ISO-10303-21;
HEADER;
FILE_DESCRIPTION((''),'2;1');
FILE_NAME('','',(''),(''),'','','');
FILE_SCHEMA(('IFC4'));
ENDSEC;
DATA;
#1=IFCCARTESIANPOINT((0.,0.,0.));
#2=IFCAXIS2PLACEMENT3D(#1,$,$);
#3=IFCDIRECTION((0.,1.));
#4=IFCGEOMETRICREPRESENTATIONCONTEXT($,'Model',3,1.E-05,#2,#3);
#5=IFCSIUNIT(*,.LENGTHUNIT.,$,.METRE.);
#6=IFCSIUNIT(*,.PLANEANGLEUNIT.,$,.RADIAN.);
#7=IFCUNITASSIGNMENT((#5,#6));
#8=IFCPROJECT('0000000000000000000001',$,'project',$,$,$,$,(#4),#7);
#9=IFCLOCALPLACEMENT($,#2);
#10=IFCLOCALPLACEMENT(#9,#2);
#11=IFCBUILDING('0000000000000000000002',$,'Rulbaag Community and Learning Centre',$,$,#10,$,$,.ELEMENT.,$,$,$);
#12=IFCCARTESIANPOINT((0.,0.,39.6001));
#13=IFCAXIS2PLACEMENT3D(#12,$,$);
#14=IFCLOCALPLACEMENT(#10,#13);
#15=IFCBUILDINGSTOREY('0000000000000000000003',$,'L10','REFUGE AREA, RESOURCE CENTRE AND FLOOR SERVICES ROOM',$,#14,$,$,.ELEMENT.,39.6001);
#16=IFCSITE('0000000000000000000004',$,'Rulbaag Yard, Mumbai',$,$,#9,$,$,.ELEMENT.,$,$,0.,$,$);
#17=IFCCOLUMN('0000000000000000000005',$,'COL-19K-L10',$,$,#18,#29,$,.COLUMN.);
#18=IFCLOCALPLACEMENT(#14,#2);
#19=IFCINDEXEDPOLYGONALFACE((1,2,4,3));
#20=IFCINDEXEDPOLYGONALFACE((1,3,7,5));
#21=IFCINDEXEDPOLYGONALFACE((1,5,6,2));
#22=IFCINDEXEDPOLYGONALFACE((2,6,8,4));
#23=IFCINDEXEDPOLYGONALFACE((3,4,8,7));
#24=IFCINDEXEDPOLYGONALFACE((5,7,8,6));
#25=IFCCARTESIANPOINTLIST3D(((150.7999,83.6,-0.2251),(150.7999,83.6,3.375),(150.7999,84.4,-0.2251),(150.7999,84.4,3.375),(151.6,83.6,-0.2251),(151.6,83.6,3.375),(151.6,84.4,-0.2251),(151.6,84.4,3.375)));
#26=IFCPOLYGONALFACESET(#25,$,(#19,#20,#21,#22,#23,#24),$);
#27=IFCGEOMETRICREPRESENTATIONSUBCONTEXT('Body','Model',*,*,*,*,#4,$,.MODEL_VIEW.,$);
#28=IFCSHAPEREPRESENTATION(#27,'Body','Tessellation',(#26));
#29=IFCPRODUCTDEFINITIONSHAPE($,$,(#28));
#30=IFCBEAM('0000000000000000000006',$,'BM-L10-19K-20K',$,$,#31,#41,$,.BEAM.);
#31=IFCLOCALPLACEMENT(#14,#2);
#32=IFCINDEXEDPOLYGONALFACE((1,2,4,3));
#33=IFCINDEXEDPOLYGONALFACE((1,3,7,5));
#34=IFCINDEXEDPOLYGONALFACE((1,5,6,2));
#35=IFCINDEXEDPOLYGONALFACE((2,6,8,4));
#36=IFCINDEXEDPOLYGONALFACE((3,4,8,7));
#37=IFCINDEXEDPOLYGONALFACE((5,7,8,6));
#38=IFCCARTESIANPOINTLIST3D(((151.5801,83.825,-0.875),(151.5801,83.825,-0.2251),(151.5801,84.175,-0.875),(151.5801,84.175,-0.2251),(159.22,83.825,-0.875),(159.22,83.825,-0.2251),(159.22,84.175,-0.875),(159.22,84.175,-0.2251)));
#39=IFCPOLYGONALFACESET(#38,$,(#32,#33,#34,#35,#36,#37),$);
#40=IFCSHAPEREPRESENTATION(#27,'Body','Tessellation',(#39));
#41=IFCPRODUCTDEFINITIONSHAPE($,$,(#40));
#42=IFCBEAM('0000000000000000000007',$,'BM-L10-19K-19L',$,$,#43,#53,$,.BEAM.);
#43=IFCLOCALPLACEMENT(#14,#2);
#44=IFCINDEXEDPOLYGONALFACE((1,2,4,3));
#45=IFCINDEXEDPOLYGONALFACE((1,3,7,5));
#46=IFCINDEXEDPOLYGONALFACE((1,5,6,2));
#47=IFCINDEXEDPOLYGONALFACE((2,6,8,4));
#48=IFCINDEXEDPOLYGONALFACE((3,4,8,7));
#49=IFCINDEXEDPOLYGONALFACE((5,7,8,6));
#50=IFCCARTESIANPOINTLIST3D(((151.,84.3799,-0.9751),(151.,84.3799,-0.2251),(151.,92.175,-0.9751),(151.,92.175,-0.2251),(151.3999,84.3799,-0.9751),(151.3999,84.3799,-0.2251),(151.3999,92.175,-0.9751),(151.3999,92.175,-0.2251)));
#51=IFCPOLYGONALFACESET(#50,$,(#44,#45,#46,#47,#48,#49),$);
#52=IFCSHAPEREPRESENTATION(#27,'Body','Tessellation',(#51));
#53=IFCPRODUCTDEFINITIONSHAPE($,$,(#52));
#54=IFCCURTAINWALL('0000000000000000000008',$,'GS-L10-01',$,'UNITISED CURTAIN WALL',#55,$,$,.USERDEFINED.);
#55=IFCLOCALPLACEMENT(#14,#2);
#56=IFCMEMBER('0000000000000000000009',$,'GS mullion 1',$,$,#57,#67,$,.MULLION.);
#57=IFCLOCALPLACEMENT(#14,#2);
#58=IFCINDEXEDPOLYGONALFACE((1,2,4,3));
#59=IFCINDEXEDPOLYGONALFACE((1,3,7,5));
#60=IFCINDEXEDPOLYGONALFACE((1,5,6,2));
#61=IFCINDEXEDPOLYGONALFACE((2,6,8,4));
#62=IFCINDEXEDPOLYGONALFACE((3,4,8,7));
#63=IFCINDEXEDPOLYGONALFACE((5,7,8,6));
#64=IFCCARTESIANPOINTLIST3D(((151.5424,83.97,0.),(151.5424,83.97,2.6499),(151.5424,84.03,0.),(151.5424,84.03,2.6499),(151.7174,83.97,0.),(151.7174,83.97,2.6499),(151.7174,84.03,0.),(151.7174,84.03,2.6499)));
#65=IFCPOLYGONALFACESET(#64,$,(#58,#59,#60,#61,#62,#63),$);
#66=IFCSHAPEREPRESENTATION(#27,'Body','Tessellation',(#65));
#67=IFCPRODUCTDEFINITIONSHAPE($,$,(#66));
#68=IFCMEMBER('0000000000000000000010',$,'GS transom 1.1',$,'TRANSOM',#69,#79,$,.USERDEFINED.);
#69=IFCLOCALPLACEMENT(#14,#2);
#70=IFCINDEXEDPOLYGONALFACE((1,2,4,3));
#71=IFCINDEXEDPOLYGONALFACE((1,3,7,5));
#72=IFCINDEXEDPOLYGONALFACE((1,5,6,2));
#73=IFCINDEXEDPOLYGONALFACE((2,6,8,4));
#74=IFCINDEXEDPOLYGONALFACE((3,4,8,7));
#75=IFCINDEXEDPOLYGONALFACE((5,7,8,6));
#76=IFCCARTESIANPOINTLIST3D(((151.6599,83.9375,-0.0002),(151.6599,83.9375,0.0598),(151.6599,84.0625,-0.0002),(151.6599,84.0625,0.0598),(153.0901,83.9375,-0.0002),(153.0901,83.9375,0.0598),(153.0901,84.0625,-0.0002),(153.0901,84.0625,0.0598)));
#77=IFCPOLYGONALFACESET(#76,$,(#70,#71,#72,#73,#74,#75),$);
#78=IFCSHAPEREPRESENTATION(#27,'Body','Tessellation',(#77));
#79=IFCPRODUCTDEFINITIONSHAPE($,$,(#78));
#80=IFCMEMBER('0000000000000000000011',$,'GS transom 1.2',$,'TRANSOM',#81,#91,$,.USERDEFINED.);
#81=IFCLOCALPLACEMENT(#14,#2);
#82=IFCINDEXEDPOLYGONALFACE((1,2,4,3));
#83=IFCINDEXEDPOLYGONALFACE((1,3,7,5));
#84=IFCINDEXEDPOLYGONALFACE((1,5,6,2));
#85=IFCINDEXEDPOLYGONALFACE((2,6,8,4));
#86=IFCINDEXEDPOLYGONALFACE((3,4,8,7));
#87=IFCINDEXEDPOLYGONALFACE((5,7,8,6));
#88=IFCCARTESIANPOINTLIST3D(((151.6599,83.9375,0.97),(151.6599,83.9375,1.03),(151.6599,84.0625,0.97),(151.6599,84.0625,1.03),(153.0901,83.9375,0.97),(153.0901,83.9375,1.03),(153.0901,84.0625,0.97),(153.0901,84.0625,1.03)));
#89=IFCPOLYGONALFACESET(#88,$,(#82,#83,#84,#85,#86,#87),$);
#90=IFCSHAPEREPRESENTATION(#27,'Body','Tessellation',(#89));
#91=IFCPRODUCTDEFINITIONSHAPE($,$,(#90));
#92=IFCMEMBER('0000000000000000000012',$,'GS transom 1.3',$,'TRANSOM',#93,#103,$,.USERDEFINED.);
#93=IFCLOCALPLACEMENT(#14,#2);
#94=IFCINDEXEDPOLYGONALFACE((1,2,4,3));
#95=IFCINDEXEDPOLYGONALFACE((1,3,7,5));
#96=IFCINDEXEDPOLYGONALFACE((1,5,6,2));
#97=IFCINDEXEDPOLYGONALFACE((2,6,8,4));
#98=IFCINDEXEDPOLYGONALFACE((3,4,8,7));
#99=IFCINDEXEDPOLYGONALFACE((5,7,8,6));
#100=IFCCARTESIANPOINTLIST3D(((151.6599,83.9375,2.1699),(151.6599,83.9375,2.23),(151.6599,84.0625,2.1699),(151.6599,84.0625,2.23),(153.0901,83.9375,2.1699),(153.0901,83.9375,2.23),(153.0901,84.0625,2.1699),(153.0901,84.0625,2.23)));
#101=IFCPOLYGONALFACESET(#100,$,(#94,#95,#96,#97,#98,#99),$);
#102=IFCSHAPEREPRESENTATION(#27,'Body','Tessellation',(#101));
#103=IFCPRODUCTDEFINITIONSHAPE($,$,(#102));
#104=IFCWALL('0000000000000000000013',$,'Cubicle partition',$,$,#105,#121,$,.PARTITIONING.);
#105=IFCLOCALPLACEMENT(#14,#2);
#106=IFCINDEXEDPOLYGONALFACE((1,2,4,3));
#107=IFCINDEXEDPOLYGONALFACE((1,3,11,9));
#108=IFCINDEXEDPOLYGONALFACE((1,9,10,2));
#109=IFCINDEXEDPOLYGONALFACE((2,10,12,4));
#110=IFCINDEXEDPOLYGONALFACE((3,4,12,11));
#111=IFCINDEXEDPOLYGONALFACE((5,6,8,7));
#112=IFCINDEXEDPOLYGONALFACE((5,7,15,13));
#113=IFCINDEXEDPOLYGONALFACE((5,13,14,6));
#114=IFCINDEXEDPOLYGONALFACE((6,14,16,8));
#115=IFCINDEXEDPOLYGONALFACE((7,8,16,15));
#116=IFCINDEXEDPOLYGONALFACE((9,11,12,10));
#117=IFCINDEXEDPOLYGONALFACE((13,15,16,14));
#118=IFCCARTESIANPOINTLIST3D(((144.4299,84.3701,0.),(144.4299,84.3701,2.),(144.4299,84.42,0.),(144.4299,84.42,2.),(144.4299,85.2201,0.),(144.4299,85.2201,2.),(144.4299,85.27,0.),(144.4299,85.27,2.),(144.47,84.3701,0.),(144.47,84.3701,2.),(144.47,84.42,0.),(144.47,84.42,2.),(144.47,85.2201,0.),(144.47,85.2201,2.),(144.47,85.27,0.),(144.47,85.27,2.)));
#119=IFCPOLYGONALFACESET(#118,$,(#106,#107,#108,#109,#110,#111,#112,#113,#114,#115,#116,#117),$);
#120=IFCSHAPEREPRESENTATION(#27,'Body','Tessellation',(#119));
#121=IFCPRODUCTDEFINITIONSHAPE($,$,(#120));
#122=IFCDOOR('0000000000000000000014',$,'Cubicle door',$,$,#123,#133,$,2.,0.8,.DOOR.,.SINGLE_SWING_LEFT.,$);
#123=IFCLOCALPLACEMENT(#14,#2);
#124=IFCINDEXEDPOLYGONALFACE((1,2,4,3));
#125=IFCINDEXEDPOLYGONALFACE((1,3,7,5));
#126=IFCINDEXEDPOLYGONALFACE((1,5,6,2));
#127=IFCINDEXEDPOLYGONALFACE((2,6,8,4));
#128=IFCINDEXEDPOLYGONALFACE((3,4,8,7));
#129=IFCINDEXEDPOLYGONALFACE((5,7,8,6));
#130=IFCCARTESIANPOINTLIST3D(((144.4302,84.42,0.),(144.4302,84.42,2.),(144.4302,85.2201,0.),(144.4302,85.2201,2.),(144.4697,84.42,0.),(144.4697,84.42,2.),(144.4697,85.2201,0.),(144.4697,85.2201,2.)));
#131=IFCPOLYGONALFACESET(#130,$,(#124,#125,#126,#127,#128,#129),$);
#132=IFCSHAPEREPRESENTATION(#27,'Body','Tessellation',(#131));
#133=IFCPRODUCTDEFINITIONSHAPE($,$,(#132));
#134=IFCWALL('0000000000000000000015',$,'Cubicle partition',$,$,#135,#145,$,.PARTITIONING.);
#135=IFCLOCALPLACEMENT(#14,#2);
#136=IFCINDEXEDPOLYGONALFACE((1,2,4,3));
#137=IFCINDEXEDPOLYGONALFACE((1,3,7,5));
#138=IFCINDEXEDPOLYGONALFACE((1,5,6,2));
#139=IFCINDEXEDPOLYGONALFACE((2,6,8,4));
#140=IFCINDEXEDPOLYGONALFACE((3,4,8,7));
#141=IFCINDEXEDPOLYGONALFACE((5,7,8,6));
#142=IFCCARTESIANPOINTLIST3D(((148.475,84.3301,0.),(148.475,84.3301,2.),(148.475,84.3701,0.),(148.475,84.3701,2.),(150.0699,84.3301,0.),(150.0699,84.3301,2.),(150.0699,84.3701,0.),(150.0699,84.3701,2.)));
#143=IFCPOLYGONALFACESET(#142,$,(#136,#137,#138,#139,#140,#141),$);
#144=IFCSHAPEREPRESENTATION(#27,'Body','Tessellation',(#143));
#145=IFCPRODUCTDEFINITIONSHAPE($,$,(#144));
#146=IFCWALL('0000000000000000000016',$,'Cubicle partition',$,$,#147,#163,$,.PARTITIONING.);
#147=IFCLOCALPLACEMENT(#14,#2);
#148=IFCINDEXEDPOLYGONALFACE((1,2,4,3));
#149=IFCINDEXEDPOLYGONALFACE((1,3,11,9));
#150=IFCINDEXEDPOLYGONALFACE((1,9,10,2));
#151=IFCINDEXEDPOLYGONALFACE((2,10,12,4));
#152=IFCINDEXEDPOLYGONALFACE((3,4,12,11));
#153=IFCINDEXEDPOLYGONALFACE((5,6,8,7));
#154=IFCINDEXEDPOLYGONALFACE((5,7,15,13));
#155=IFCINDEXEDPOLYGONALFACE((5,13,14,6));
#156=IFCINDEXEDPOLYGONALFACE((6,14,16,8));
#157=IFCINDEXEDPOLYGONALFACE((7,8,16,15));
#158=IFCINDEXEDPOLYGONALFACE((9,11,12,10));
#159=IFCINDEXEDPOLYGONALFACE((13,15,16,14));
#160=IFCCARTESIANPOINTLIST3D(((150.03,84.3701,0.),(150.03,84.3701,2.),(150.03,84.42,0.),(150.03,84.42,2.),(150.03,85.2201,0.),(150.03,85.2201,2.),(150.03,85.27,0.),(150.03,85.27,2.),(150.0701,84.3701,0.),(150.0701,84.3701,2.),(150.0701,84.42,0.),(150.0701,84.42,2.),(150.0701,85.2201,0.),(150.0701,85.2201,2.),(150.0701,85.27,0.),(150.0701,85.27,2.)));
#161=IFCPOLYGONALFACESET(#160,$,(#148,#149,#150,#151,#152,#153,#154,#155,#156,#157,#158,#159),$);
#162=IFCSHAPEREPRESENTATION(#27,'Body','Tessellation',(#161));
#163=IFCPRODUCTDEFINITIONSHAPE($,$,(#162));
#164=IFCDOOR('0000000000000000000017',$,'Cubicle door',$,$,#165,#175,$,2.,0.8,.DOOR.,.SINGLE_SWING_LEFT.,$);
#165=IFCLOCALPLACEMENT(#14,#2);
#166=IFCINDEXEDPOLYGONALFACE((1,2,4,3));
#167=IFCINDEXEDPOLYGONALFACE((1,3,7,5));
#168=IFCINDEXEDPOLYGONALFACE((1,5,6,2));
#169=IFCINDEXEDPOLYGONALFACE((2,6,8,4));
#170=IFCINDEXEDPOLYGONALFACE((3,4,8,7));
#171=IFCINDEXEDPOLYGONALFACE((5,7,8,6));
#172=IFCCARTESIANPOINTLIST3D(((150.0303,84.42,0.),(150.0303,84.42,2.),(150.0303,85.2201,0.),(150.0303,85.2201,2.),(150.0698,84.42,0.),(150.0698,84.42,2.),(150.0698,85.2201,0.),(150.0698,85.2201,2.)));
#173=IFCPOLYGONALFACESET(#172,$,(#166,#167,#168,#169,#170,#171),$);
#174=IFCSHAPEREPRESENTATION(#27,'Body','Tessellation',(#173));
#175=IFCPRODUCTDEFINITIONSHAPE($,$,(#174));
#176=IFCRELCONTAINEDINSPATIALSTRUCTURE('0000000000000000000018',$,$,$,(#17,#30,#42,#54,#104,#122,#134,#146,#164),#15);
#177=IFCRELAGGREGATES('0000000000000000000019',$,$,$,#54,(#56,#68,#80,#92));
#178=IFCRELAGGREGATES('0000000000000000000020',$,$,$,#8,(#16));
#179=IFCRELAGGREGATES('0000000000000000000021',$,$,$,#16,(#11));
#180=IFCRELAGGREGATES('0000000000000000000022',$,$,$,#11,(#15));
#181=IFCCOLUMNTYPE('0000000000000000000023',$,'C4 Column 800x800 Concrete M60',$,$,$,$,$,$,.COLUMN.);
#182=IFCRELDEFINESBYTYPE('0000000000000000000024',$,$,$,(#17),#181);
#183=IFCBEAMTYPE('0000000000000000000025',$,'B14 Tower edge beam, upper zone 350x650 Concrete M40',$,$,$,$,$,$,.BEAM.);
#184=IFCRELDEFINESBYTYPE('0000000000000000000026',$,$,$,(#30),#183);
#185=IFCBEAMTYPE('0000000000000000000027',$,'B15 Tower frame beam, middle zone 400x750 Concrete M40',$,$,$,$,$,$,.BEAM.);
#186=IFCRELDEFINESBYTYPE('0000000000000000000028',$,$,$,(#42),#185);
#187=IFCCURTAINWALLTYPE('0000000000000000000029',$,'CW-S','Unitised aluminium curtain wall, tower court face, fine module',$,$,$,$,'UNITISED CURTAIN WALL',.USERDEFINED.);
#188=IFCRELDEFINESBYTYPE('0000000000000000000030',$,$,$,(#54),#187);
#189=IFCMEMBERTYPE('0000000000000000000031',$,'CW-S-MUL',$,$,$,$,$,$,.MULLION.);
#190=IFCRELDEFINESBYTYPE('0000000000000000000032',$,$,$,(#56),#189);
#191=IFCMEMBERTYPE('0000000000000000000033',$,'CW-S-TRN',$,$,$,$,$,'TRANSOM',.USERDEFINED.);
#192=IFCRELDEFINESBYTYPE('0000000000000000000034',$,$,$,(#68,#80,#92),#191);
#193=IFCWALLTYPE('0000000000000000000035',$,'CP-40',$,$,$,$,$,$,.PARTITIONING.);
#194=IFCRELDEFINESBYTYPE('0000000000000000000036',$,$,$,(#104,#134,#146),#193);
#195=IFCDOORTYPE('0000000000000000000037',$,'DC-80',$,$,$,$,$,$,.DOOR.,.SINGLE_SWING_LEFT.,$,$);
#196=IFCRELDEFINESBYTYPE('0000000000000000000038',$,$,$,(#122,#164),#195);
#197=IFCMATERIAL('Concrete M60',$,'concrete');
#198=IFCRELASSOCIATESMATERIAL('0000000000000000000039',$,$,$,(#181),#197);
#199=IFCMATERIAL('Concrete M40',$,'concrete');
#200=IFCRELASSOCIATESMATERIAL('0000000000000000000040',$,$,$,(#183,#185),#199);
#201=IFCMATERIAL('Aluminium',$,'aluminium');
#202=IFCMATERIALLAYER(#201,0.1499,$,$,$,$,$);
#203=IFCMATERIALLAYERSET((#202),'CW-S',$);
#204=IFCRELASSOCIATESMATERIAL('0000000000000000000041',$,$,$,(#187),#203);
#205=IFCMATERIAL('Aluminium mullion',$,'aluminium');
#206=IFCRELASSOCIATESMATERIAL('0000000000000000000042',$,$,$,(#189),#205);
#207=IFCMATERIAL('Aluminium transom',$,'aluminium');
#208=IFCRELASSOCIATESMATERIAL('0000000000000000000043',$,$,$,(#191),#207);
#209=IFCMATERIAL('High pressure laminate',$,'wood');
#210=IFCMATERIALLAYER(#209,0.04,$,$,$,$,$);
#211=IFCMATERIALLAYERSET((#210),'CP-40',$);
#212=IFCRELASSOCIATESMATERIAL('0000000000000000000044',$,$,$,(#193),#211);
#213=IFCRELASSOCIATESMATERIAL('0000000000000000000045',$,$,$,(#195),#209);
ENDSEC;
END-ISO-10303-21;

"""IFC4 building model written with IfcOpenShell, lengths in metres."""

from ifc_helpers import new_model, si_unit, direction, frame, frame_2d, origin, origin_2d, place, context, subcontext, project, spatial, rectangle, extrude, material, layer, layer_set, material_profile, profile_set, type_object, element, fill, aggregate, save


model = new_model("IFC4")

# Units and contexts
model_context = context("Model", 3, precision=1e-05, world=origin(), true_north=direction((0.0, 1.0)))
body_context = subcontext(model_context, "Body", "Model", "MODEL_VIEW")
ifc_project = project(units=[si_unit("LENGTHUNIT", "METRE"), si_unit("PLANEANGLEUNIT", "RADIAN")], contexts=[model_context])

# Site, building, storey
site_placement = place(None, origin())
site = spatial("IfcSite", under=ifc_project, at=site_placement, Name="Rulbaag Yard, Mumbai", CompositionType="ELEMENT", RefElevation=0.0)
building_placement = place(site_placement, origin())
building = spatial("IfcBuilding", under=site, at=building_placement, Name="Rulbaag Community and Learning Centre", CompositionType="ELEMENT")
storey_placement = place(building_placement, frame((0.0, 0.0, 39.6001)))
storey = spatial("IfcBuildingStorey", under=building, at=storey_placement, Name="L10", Description="REFUGE AREA, RESOURCE CENTRE AND FLOOR SERVICES ROOM", CompositionType="ELEMENT", Elevation=39.6001)

# Column
ifc_material_1 = material(Name="Concrete M60", Category="concrete")
ifc_material_profile_1 = material_profile(ifc_material_1, rectangle(XDim=0.8, YDim=0.8, at=origin_2d()), Name="RC800x800")
ifc_profile_set_1 = profile_set([ifc_material_profile_1], Name="Concrete M60")
column_type = type_object("IfcColumnType", Name="C4 Column 800x800 Concrete M60", PredefinedType="COLUMN", material=ifc_profile_set_1)
column_placement = place(storey_placement, frame((151.2, 84.0, -0.2251), z_axis=(0.0, 0.0, 1.0), x_axis=(1.0, 0.0, 0.0)))
element("IfcColumn", 1, at=column_placement, inside=storey, type_object=column_type, Name="COL-19K-L10", PredefinedType="COLUMN", context=body_context, shape_type="SweptSolid", body=[
    extrude(rectangle(XDim=0.8, YDim=0.8, at=origin_2d()), origin(), (0.0, 0.0, 1.0), 3.6001),
])

# Beams
ifc_material_2 = material(Name="Concrete M40", Category="concrete")
ifc_material_profile_2 = material_profile(ifc_material_2, rectangle(XDim=0.3501, YDim=0.6499, at=origin_2d()), Name="RB350x650")
ifc_profile_set_2 = profile_set([ifc_material_profile_2], Name="Concrete M40")
beam_type_1 = type_object("IfcBeamType", Name="B14 Tower edge beam, upper zone 350x650 Concrete M40", PredefinedType="BEAM", material=ifc_profile_set_2)
beam_1_placement = place(storey_placement, frame((151.5801, 84.0, -0.55), z_axis=(1.0, 0.0, 0.0), x_axis=(0.0, 1.0, 0.0)))
element("IfcBeam", 2, at=beam_1_placement, inside=storey, type_object=beam_type_1, Name="BM-L10-19K-20K", PredefinedType="BEAM", context=body_context, shape_type="SweptSolid", body=[
    extrude(rectangle(XDim=0.3501, YDim=0.6499, at=origin_2d()), origin(), (0.0, 0.0, 1.0), 7.6399),
])
ifc_material_profile_3 = material_profile(ifc_material_2, rectangle(XDim=0.3999, YDim=0.75, at=origin_2d()), Name="RB400x750")
ifc_profile_set_3 = profile_set([ifc_material_profile_3], Name="Concrete M40")
beam_type_2 = type_object("IfcBeamType", Name="B15 Tower frame beam, middle zone 400x750 Concrete M40", PredefinedType="BEAM", material=ifc_profile_set_3)
beam_2_placement = place(storey_placement, frame((151.2, 84.3799, -0.6001), z_axis=(0.0, 1.0, 0.0), x_axis=(-1.0, 0.0, 0.0)))
element("IfcBeam", 3, at=beam_2_placement, inside=storey, type_object=beam_type_2, Name="BM-L10-19K-19L", PredefinedType="BEAM", context=body_context, shape_type="SweptSolid", body=[
    extrude(rectangle(XDim=0.3999, YDim=0.75, at=origin_2d()), origin(), (0.0, 0.0, 1.0), 7.7952),
])

# Curtain wall, members
ifc_material_3 = material(Name="Aluminium", Category="aluminium")
ifc_layer_1 = layer(ifc_material_3, 0.1499)
ifc_layer_set_1 = layer_set([ifc_layer_1], Name="CW-S")
curtain_wall_type = type_object("IfcCurtainWallType", Name="CW-S", Description="Unitised aluminium curtain wall, tower court face, fine module", ElementType="UNITISED CURTAIN WALL", PredefinedType="USERDEFINED", material=ifc_layer_set_1)
curtain_wall_placement = place(storey_placement, origin())
curtain_wall = element("IfcCurtainWall", 4, at=curtain_wall_placement, inside=storey, type_object=curtain_wall_type, Name="GS-L10-01", ObjectType="UNITISED CURTAIN WALL", PredefinedType="USERDEFINED")
ifc_material_4 = material(Name="Aluminium mullion", Category="aluminium")
ifc_material_profile_4 = material_profile(ifc_material_4, rectangle(XDim=0.0601, YDim=0.175, at=origin_2d()), Name="AL 60x175")
ifc_profile_set_4 = profile_set([ifc_material_profile_4], Name="Aluminium mullion")
member_type_1 = type_object("IfcMemberType", Name="CW-S-MUL", PredefinedType="MULLION", material=ifc_profile_set_4)
member_1_placement = place(storey_placement, frame((151.6299, 84.0, 0.0), z_axis=(0.0, 0.0, 1.0), x_axis=(0.0, 1.0, 0.0)))
member_1 = element("IfcMember", 5, at=member_1_placement, type_object=member_type_1, Name="GS mullion 1", PredefinedType="MULLION", context=body_context, shape_type="SweptSolid", body=[
    extrude(rectangle(XDim=0.0601, YDim=0.175, at=origin_2d()), origin(), (0.0, 0.0, 1.0), 2.6499),
])
ifc_material_5 = material(Name="Aluminium transom", Category="aluminium")
ifc_material_profile_5 = material_profile(ifc_material_5, rectangle(XDim=0.125, YDim=0.0601, at=origin_2d()), Name="AL 60x125 T")
ifc_profile_set_5 = profile_set([ifc_material_profile_5], Name="Aluminium transom")
member_type_2 = type_object("IfcMemberType", Name="CW-S-TRN", ElementType="TRANSOM", PredefinedType="USERDEFINED", material=ifc_profile_set_5)
member_2_placement = place(storey_placement, frame((151.6599, 84.0, 0.0298), z_axis=(1.0, 0.0, 0.0), x_axis=(0.0, 1.0, 0.0)))
member_2 = element("IfcMember", 6, at=member_2_placement, type_object=member_type_2, Name="GS transom 1.1", ObjectType="TRANSOM", PredefinedType="USERDEFINED", context=body_context, shape_type="SweptSolid", body=[
    extrude(rectangle(XDim=0.125, YDim=0.0601, at=origin_2d()), origin(), (0.0, 0.0, 1.0), 1.4302),
])
member_3_placement = place(storey_placement, frame((151.6599, 84.0, 1.0), z_axis=(1.0, 0.0, 0.0), x_axis=(0.0, 1.0, 0.0)))
member_3 = element("IfcMember", 7, at=member_3_placement, type_object=member_type_2, Name="GS transom 1.2", ObjectType="TRANSOM", PredefinedType="USERDEFINED", context=body_context, shape_type="SweptSolid", body=[
    extrude(rectangle(XDim=0.125, YDim=0.0601, at=origin_2d()), origin(), (0.0, 0.0, 1.0), 1.4302),
])
member_4_placement = place(storey_placement, frame((151.6599, 84.0, 2.2), z_axis=(1.0, 0.0, 0.0), x_axis=(0.0, 1.0, 0.0)))
member_4 = element("IfcMember", 8, at=member_4_placement, type_object=member_type_2, Name="GS transom 1.3", ObjectType="TRANSOM", PredefinedType="USERDEFINED", context=body_context, shape_type="SweptSolid", body=[
    extrude(rectangle(XDim=0.125, YDim=0.0601, at=origin_2d()), origin(), (0.0, 0.0, 1.0), 1.4302),
])
aggregate(curtain_wall, [member_1, member_2, member_3, member_4])

# Wall, opening, door
ifc_material_6 = material(Name="High pressure laminate", Category="wood")
ifc_layer_2 = layer(ifc_material_6, 0.04)
ifc_layer_set_2 = layer_set([ifc_layer_2], Name="CP-40")
wall_type_1 = type_object("IfcWallType", Name="CP-40", PredefinedType="PARTITIONING", material=ifc_layer_set_2)
wall_1_placement = place(storey_placement, frame((144.45, 84.3701, 0.0), z_axis=(0.0, 0.0, 1.0), x_axis=(0.0, 1.0, 0.0)))
wall_1 = element("IfcWall", 9, at=wall_1_placement, inside=storey, type_object=wall_type_1, Name="Cubicle partition", PredefinedType="PARTITIONING", context=body_context, shape_type="SweptSolid", body=[
    extrude(rectangle(XDim=0.8999, YDim=0.04, at=frame_2d((0.45, 0.0))), origin(), (0.0, 0.0, 1.0), 2.0),
])
opening_1_placement = place(wall_1_placement, frame((0.05, 0.0, 0.0)))
opening_1 = element("IfcOpeningElement", 10, at=opening_1_placement, cuts=wall_1, PredefinedType="OPENING", context=body_context, shape_type="SweptSolid", body=[
    extrude(rectangle(XDim=0.8, YDim=2.0, at=frame_2d((0.3999, 1.0))), frame((0.0, 0.03, 0.0), z_axis=(0.0, -1.0, 0.0), x_axis=(1.0, 0.0, 0.0)), (0.0, 0.0, 1.0), 0.0601),
])
door_type = type_object("IfcDoorType", Name="DC-80", OperationType="SINGLE_SWING_LEFT", PredefinedType="DOOR", material=ifc_material_6)
door_1_placement = place(opening_1_placement, origin())
door_1 = element("IfcDoor", 11, at=door_1_placement, inside=storey, type_object=door_type, Name="Cubicle door", OperationType="SINGLE_SWING_LEFT", OverallHeight=2.0, OverallWidth=0.8, PredefinedType="DOOR", context=body_context, shape_type="SweptSolid", body=[
    extrude(rectangle(XDim=0.8, YDim=2.0, at=frame_2d((0.3999, 1.0))), frame((0.0, 0.0198, 0.0), z_axis=(0.0, -1.0, 0.0), x_axis=(1.0, 0.0, 0.0)), (0.0, 0.0, 1.0), 0.0396),
])
fill(opening_1, door_1)

# Wall
wall_2_placement = place(storey_placement, frame((148.4751, 84.3501, 0.0), z_axis=(0.0, 0.0, 1.0), x_axis=(1.0, 0.0, 0.0)))
element("IfcWall", 12, at=wall_2_placement, inside=storey, type_object=wall_type_1, Name="Cubicle partition", PredefinedType="PARTITIONING", context=body_context, shape_type="SweptSolid", body=[
    extrude(rectangle(XDim=1.595, YDim=0.04, at=frame_2d((0.7974, 0.0))), origin(), (0.0, 0.0, 1.0), 2.0),
])

# Wall, opening, door
wall_3_placement = place(storey_placement, frame((150.05, 84.3701, 0.0), z_axis=(0.0, 0.0, 1.0), x_axis=(0.0, 1.0, 0.0)))
wall_3 = element("IfcWall", 13, at=wall_3_placement, inside=storey, type_object=wall_type_1, Name="Cubicle partition", PredefinedType="PARTITIONING", context=body_context, shape_type="SweptSolid", body=[
    extrude(rectangle(XDim=0.8999, YDim=0.04, at=frame_2d((0.45, 0.0))), origin(), (0.0, 0.0, 1.0), 2.0),
])
opening_2_placement = place(wall_3_placement, frame((0.05, 0.0, 0.0)))
opening_2 = element("IfcOpeningElement", 14, at=opening_2_placement, cuts=wall_3, PredefinedType="OPENING", context=body_context, shape_type="SweptSolid", body=[
    extrude(rectangle(XDim=0.8, YDim=2.0, at=frame_2d((0.3999, 1.0))), frame((0.0, 0.03, 0.0), z_axis=(0.0, -1.0, 0.0), x_axis=(1.0, 0.0, 0.0)), (0.0, 0.0, 1.0), 0.0601),
])
door_2_placement = place(opening_2_placement, origin())
door_2 = element("IfcDoor", 15, at=door_2_placement, inside=storey, type_object=door_type, Name="Cubicle door", OperationType="SINGLE_SWING_LEFT", OverallHeight=2.0, OverallWidth=0.8, PredefinedType="DOOR", context=body_context, shape_type="SweptSolid", body=[
    extrude(rectangle(XDim=0.8, YDim=2.0, at=frame_2d((0.3999, 1.0))), frame((0.0, 0.0198, 0.0), z_axis=(0.0, -1.0, 0.0), x_axis=(1.0, 0.0, 0.0)), (0.0, 0.0, 1.0), 0.0396),
])
fill(opening_2, door_2)

save(model, "model.ifc")
